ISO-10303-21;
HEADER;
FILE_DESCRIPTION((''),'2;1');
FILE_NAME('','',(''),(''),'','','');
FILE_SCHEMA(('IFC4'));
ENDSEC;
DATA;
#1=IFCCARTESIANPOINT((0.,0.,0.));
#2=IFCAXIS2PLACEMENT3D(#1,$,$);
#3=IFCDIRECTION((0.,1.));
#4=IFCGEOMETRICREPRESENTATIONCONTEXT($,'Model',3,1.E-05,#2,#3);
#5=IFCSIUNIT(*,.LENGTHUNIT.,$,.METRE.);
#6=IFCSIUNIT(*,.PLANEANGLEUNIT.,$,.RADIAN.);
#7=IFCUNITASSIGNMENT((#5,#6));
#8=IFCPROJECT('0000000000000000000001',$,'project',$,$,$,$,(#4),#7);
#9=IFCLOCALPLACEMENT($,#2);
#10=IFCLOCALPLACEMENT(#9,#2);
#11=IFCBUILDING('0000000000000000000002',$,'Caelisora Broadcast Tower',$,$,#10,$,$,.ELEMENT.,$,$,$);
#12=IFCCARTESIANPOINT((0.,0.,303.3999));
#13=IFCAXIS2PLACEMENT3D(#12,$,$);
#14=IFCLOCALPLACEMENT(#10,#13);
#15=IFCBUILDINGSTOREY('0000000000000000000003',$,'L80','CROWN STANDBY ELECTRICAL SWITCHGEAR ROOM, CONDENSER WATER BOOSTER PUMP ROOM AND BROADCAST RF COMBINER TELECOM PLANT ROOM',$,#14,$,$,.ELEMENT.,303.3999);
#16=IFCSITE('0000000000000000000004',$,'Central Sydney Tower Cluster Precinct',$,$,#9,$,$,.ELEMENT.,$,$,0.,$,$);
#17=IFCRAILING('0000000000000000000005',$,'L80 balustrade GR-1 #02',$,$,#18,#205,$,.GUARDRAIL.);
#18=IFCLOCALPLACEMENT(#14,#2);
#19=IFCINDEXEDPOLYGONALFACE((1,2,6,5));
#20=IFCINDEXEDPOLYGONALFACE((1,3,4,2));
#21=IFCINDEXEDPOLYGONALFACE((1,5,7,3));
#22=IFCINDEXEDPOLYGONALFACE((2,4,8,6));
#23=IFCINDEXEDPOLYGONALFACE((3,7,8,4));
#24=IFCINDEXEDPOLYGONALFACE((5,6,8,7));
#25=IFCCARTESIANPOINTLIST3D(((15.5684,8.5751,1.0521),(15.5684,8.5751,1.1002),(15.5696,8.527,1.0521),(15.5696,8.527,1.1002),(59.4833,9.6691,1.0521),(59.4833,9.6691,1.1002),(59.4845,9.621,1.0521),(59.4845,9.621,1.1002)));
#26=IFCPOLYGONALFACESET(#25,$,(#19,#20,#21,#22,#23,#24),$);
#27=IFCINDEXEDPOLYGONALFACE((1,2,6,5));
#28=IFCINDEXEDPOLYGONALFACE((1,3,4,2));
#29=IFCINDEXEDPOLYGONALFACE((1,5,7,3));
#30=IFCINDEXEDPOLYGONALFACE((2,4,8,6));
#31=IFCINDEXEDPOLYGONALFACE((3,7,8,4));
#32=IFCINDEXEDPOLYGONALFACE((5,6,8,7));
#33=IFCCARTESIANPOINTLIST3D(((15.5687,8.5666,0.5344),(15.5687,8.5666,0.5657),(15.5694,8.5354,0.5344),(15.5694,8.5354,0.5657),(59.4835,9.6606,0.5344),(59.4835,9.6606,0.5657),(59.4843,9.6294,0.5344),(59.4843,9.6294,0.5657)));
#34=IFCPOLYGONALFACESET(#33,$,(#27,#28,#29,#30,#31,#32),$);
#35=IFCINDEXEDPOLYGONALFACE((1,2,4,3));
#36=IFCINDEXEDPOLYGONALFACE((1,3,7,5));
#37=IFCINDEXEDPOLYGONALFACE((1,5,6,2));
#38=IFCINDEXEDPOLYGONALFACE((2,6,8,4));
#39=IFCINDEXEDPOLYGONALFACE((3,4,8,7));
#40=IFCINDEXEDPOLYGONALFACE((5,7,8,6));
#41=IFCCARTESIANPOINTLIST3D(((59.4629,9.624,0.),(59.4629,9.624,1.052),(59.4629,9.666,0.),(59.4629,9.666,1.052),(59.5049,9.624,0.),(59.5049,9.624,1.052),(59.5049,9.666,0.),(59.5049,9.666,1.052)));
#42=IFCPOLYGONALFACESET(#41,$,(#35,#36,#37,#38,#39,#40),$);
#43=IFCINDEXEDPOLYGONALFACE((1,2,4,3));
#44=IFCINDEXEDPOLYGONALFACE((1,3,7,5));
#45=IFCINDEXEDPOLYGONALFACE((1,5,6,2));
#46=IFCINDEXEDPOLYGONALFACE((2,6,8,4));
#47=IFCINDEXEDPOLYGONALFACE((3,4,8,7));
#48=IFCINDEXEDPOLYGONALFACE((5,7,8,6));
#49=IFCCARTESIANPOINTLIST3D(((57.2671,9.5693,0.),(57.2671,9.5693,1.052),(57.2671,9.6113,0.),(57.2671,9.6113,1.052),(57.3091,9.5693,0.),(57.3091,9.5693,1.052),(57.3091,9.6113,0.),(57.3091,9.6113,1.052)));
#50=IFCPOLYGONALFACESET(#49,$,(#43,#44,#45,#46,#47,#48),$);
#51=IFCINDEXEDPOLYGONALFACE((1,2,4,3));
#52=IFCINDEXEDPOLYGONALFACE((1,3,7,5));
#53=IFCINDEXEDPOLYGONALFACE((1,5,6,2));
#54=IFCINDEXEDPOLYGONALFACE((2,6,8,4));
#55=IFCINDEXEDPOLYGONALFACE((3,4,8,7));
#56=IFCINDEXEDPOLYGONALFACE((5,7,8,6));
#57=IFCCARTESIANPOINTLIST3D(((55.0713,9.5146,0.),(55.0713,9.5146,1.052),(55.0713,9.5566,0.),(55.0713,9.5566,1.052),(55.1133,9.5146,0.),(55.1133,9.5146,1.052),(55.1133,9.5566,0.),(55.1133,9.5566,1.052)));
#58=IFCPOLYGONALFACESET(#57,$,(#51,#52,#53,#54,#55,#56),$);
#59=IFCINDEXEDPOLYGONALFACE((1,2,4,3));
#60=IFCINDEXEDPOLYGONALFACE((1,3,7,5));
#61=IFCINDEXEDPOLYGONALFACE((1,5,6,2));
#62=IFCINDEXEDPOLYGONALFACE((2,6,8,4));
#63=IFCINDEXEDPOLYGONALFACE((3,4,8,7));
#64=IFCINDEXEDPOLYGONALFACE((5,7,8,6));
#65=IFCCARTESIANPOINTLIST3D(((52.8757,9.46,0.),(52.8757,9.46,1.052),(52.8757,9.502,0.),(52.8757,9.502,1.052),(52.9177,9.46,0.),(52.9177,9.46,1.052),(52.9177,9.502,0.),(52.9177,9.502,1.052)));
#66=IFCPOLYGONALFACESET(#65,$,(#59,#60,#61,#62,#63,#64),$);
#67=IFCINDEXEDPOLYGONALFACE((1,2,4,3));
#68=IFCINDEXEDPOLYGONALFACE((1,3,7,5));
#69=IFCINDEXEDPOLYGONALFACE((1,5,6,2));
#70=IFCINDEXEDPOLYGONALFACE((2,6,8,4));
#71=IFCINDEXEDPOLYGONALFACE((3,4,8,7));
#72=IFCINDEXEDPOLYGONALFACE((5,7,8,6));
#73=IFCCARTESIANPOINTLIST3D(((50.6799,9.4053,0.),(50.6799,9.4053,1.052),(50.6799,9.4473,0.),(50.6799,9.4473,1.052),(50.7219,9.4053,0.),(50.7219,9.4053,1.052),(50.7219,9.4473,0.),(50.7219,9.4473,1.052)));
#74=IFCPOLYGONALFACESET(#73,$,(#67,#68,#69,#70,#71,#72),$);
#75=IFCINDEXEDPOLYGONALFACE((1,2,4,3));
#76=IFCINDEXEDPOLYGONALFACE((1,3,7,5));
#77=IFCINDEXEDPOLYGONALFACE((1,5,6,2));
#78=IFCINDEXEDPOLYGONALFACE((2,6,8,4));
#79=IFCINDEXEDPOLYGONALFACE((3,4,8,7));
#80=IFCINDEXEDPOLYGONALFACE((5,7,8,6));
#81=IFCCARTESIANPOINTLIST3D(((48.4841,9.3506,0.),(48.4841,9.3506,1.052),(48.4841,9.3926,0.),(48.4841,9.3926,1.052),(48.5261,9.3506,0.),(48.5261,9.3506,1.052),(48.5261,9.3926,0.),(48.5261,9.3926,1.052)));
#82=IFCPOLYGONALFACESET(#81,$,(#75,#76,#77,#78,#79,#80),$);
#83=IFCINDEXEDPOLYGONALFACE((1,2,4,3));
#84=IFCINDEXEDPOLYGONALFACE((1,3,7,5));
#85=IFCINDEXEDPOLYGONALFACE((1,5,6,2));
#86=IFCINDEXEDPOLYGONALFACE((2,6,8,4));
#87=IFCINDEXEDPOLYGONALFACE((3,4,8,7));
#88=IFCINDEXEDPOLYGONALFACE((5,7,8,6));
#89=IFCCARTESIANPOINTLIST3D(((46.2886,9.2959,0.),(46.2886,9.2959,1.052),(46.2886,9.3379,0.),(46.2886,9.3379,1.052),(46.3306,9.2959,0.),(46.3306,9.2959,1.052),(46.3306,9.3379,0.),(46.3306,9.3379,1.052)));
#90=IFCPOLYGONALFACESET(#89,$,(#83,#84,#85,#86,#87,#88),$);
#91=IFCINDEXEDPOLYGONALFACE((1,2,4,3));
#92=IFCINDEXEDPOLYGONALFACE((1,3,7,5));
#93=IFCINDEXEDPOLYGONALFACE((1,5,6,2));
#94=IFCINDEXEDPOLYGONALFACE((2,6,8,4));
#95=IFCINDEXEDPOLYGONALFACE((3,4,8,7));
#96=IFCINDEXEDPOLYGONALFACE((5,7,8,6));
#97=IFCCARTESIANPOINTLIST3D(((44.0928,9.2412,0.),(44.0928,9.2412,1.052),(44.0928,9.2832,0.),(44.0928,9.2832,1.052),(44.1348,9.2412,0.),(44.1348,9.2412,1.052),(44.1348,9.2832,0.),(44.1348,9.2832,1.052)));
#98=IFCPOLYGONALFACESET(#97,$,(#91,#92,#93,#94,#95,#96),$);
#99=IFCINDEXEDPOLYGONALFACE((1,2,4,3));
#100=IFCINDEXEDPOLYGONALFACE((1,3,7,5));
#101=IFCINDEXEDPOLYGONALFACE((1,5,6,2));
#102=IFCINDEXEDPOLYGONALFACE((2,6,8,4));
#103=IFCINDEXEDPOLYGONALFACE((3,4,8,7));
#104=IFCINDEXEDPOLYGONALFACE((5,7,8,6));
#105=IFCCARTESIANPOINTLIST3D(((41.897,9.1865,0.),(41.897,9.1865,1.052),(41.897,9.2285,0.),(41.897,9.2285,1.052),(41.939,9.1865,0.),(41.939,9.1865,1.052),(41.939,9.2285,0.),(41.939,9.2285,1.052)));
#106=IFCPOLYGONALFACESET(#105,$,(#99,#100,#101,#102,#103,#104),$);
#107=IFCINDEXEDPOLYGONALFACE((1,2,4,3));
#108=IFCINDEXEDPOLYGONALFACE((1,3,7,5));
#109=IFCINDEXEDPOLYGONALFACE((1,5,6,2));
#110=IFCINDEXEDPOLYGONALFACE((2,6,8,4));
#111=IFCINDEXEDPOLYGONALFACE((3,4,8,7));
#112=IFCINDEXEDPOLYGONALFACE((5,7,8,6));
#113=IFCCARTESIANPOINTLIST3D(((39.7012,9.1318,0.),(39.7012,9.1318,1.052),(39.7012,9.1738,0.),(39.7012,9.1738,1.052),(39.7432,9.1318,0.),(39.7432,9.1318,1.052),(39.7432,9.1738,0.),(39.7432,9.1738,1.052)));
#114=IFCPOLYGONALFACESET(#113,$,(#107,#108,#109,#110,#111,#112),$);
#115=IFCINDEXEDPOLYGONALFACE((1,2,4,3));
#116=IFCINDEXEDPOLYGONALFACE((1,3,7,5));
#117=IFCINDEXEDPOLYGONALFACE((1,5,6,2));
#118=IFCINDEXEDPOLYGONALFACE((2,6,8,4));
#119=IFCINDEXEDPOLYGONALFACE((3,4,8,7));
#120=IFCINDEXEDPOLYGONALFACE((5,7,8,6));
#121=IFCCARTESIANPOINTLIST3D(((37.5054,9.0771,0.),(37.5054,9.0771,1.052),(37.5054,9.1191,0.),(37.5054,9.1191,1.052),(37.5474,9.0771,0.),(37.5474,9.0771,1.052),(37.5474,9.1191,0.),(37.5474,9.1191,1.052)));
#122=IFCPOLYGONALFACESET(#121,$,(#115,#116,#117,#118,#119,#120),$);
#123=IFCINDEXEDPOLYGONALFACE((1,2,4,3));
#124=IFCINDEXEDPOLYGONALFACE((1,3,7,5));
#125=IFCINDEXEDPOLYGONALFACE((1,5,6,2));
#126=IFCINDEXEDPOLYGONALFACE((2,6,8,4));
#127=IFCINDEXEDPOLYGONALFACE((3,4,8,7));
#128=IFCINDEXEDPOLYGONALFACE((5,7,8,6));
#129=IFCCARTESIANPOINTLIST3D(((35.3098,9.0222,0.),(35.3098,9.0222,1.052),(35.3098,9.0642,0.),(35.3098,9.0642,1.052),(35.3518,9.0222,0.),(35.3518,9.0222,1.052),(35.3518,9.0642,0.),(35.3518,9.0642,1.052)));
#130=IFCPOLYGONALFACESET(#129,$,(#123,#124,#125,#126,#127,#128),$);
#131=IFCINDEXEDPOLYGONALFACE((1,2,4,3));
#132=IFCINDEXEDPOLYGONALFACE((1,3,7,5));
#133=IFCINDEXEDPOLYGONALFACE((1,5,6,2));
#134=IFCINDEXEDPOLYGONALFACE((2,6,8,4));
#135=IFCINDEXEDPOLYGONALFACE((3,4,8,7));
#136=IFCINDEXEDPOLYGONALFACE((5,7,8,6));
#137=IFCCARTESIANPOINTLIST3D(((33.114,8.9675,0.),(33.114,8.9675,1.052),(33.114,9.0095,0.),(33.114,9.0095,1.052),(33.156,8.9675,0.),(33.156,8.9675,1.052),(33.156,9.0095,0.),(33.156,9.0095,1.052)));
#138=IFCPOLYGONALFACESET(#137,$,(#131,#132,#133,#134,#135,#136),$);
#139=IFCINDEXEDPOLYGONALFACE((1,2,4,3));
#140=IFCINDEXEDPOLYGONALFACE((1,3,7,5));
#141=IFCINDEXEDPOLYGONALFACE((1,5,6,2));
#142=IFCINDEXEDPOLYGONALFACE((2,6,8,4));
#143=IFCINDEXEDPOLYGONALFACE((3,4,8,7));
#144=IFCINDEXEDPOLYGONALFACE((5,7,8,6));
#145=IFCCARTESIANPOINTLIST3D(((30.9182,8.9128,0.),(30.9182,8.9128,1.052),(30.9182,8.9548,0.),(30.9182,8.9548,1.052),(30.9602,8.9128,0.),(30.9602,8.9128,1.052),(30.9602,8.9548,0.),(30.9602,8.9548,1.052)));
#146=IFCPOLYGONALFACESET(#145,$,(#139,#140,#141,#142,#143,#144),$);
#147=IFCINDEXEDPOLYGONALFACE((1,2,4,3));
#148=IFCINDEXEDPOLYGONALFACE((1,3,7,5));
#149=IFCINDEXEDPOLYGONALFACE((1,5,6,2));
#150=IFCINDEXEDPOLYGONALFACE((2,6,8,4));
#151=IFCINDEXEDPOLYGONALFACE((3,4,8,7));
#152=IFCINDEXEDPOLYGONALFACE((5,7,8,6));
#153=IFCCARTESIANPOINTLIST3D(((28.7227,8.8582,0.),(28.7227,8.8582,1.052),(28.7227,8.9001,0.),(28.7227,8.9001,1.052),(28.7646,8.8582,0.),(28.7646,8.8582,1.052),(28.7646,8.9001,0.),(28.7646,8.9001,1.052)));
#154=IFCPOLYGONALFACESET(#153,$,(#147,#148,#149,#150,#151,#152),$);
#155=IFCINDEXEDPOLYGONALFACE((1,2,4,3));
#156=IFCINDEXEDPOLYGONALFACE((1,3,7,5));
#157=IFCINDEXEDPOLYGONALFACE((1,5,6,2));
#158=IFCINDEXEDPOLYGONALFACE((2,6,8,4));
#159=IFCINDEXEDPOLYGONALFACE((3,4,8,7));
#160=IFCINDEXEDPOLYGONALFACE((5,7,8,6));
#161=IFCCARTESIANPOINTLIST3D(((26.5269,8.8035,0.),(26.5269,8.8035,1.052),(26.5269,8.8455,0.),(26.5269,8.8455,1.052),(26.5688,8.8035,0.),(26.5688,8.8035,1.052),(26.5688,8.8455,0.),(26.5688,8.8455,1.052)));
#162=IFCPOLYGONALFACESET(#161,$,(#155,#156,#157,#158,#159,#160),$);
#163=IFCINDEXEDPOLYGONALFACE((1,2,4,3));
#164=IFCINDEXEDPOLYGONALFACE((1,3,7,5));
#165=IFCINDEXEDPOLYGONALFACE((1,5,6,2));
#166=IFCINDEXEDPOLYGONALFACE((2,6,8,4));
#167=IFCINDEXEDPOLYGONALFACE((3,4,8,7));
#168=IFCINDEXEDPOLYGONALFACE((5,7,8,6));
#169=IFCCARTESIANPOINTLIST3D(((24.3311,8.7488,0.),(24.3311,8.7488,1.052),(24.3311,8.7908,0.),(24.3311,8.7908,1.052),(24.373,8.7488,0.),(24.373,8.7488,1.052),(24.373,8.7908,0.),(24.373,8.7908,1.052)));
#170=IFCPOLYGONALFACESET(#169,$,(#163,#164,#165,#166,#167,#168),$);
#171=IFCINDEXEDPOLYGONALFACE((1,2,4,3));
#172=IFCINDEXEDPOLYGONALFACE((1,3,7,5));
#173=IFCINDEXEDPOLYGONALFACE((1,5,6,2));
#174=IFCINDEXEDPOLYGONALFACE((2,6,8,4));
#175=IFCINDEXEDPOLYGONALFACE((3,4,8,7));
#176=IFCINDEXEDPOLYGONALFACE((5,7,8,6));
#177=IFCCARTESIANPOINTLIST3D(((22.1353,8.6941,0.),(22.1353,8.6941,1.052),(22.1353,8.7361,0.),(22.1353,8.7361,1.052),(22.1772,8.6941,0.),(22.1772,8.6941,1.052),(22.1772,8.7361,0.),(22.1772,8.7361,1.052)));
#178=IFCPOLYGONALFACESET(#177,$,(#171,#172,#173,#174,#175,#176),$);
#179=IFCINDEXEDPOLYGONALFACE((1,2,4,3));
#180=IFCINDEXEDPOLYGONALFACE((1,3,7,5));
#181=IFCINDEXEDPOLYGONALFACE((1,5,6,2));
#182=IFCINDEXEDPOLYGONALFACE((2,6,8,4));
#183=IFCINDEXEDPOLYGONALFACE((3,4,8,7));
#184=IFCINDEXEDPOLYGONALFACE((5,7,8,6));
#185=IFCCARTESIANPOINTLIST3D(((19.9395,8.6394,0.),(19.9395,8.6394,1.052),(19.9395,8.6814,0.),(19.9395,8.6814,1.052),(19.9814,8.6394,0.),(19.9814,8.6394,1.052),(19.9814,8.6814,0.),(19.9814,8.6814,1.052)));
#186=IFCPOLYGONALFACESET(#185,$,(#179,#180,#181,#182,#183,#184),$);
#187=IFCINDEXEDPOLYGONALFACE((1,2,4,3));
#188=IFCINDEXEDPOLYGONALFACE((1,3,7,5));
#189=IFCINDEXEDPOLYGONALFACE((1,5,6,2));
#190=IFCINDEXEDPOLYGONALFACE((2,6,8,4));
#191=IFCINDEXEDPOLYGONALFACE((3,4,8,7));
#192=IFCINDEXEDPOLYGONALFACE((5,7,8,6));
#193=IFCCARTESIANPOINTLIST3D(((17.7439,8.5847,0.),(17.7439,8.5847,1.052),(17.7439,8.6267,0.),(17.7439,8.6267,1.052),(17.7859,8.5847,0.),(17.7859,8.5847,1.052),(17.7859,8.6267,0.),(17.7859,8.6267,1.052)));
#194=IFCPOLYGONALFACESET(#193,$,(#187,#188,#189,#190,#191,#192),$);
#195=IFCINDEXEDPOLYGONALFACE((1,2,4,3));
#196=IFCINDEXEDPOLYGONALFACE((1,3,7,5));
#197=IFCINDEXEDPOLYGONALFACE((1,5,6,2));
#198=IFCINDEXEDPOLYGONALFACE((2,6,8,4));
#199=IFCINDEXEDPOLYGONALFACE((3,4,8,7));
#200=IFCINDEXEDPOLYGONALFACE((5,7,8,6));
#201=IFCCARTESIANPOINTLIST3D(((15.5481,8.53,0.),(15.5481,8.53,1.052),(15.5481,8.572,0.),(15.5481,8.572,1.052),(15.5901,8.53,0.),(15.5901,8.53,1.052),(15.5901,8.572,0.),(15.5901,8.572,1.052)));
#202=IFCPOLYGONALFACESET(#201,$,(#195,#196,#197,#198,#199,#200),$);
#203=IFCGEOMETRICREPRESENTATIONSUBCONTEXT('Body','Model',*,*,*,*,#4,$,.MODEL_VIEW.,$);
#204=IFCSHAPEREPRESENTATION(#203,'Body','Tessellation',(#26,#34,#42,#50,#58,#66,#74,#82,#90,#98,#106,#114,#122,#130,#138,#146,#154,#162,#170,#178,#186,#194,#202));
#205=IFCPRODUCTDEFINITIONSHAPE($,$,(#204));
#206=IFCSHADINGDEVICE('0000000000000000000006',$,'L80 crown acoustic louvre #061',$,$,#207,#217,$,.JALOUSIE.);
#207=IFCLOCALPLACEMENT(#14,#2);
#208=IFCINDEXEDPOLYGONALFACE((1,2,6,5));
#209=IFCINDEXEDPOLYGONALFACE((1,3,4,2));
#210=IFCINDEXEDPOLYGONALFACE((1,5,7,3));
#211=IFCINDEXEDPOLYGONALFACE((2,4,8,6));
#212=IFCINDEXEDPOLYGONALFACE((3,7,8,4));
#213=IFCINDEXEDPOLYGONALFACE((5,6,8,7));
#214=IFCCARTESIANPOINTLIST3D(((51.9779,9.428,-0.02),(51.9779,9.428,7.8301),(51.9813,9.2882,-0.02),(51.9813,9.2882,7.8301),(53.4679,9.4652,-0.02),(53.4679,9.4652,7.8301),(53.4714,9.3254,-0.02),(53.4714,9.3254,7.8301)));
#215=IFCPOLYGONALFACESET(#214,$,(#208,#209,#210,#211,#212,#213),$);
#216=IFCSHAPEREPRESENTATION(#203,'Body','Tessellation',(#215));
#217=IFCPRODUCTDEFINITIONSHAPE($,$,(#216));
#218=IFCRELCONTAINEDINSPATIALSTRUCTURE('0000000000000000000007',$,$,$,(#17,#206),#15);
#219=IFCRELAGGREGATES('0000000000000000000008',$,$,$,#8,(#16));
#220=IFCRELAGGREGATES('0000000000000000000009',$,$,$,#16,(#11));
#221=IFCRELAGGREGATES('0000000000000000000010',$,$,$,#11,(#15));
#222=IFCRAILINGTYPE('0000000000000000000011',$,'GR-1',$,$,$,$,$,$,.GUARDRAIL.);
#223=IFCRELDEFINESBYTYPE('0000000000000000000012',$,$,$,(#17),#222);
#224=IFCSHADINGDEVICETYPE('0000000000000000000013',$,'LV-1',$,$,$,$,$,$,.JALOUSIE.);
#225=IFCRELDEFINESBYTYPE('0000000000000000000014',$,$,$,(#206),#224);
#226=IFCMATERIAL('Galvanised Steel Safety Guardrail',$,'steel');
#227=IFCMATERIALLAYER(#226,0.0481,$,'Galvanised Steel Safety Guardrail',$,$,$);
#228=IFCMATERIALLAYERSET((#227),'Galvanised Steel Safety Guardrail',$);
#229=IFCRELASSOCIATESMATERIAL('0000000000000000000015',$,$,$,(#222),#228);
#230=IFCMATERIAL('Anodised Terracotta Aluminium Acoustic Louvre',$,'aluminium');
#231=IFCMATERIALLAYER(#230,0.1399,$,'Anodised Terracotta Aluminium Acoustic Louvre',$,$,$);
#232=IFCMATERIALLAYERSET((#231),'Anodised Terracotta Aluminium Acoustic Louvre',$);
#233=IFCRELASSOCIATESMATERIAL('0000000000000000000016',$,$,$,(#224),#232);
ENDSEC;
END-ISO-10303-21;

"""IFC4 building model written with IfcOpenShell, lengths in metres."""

from ifc_helpers import new_model, si_unit, direction, frame, origin, origin_2d, place, context, subcontext, project, spatial, rectangle, extrude, source, transform, mapped, material, layer, layer_set, type_object, element, save


model = new_model("IFC4")

# Units and contexts
model_context = context("Model", 3, precision=1e-05, world=origin(), true_north=direction((0.0, 1.0)))
body_context = subcontext(model_context, "Body", "Model", "MODEL_VIEW")
ifc_project = project(units=[si_unit("LENGTHUNIT", "METRE"), si_unit("PLANEANGLEUNIT", "RADIAN")], contexts=[model_context])

# Site, building, storey
site_placement = place(None, origin())
site = spatial("IfcSite", under=ifc_project, at=site_placement, Name="Central Sydney Tower Cluster Precinct", CompositionType="ELEMENT", RefElevation=0.0)
building_placement = place(site_placement, origin())
building = spatial("IfcBuilding", under=site, at=building_placement, Name="Caelisora Broadcast Tower", CompositionType="ELEMENT")
storey_placement = place(building_placement, frame((0.0, 0.0, 303.3999)))
storey = spatial("IfcBuildingStorey", under=building, at=storey_placement, Name="L80", Description="CROWN STANDBY ELECTRICAL SWITCHGEAR ROOM, CONDENSER WATER BOOSTER PUMP ROOM AND BROADCAST RF COMBINER TELECOM PLANT ROOM", CompositionType="ELEMENT", Elevation=303.3999)

# Railing
ifc_material_1 = material(Name="Galvanised Steel Safety Guardrail", Category="steel")
ifc_layer_1 = layer(ifc_material_1, 0.0481, Name="Galvanised Steel Safety Guardrail")
ifc_layer_set_1 = layer_set([ifc_layer_1], Name="Galvanised Steel Safety Guardrail")
railing_type = type_object("IfcRailingType", Name="GR-1", PredefinedType="GUARDRAIL", material=ifc_layer_set_1)
railing_placement = place(storey_placement, frame((59.4839, 9.645, 0.0)))
element("IfcRailing", 1, at=railing_placement, inside=storey, type_object=railing_type, Name="L80 balustrade GR-1 #02", PredefinedType="GUARDRAIL", context=body_context, shape_type="SweptSolid", body=[
    extrude(rectangle(XDim=0.0481, YDim=0.0481, at=origin_2d()), frame((0.0, 0.0, 1.0762), z_axis=(-0.99969, -0.024904, 0.0), x_axis=(0.024904, -0.99969, 0.0)), (0.0, 0.0, 1.0), 43.9285),
    extrude(rectangle(XDim=0.0312, YDim=0.0312, at=origin_2d()), frame((0.0, 0.0, 0.55), z_axis=(-0.99969, -0.024904, 0.0), x_axis=(0.024904, -0.99969, 0.0)), (0.0, 0.0, 1.0), 43.9285),
    extrude(rectangle(XDim=0.042, YDim=0.042, at=origin_2d()), origin(), (0.0, 0.0, 1.0), 1.052),
    extrude(rectangle(XDim=0.042, YDim=0.042, at=origin_2d()), frame((-2.1958, -0.0547, 0.0)), (0.0, 0.0, 1.0), 1.052),
    extrude(rectangle(XDim=0.042, YDim=0.042, at=origin_2d()), frame((-4.3916, -0.1094, 0.0)), (0.0, 0.0, 1.0), 1.052),
    extrude(rectangle(XDim=0.042, YDim=0.042, at=origin_2d()), frame((-6.5872, -0.1641, 0.0)), (0.0, 0.0, 1.0), 1.052),
    extrude(rectangle(XDim=0.042, YDim=0.042, at=origin_2d()), frame((-8.783, -0.2188, 0.0)), (0.0, 0.0, 1.0), 1.052),
    extrude(rectangle(XDim=0.042, YDim=0.042, at=origin_2d()), frame((-10.9788, -0.2734, 0.0)), (0.0, 0.0, 1.0), 1.052),
    extrude(rectangle(XDim=0.042, YDim=0.042, at=origin_2d()), frame((-13.1743, -0.3281, 0.0)), (0.0, 0.0, 1.0), 1.052),
    extrude(rectangle(XDim=0.042, YDim=0.042, at=origin_2d()), frame((-15.3701, -0.3828, 0.0)), (0.0, 0.0, 1.0), 1.052),
    extrude(rectangle(XDim=0.042, YDim=0.042, at=origin_2d()), frame((-17.5659, -0.4375, 0.0)), (0.0, 0.0, 1.0), 1.052),
    extrude(rectangle(XDim=0.042, YDim=0.042, at=origin_2d()), frame((-19.7617, -0.4922, 0.0)), (0.0, 0.0, 1.0), 1.052),
    extrude(rectangle(XDim=0.042, YDim=0.042, at=origin_2d()), frame((-21.9575, -0.5469, 0.0)), (0.0, 0.0, 1.0), 1.052),
    extrude(rectangle(XDim=0.042, YDim=0.042, at=origin_2d()), frame((-24.1531, -0.6018, 0.0)), (0.0, 0.0, 1.0), 1.052),
    extrude(rectangle(XDim=0.042, YDim=0.042, at=origin_2d()), frame((-26.3489, -0.6565, 0.0)), (0.0, 0.0, 1.0), 1.052),
    extrude(rectangle(XDim=0.042, YDim=0.042, at=origin_2d()), frame((-28.5447, -0.7112, 0.0)), (0.0, 0.0, 1.0), 1.052),
    extrude(rectangle(XDim=0.042, YDim=0.042, at=origin_2d()), frame((-30.7402, -0.7659, 0.0)), (0.0, 0.0, 1.0), 1.052),
    extrude(rectangle(XDim=0.042, YDim=0.042, at=origin_2d()), frame((-32.936, -0.8206, 0.0)), (0.0, 0.0, 1.0), 1.052),
    extrude(rectangle(XDim=0.042, YDim=0.042, at=origin_2d()), frame((-35.1318, -0.8752, 0.0)), (0.0, 0.0, 1.0), 1.052),
    extrude(rectangle(XDim=0.042, YDim=0.042, at=origin_2d()), frame((-37.3276, -0.9299, 0.0)), (0.0, 0.0, 1.0), 1.052),
    extrude(rectangle(XDim=0.042, YDim=0.042, at=origin_2d()), frame((-39.5234, -0.9846, 0.0)), (0.0, 0.0, 1.0), 1.052),
    extrude(rectangle(XDim=0.042, YDim=0.042, at=origin_2d()), frame((-41.719, -1.0393, 0.0)), (0.0, 0.0, 1.0), 1.052),
    extrude(rectangle(XDim=0.042, YDim=0.042, at=origin_2d()), frame((-43.9148, -1.094, 0.0)), (0.0, 0.0, 1.0), 1.052),
])

# Shading device
ifc_material_2 = material(Name="Anodised Terracotta Aluminium Acoustic Louvre", Category="aluminium")
ifc_layer_2 = layer(ifc_material_2, 0.1399, Name="Anodised Terracotta Aluminium Acoustic Louvre")
ifc_layer_set_2 = layer_set([ifc_layer_2], Name="Anodised Terracotta Aluminium Acoustic Louvre")
shading_device_type = type_object("IfcShadingDeviceType", Name="LV-1", PredefinedType="JALOUSIE", material=ifc_layer_set_2)
shared_shape_1 = source(origin(), body_context, "Body", "SweptSolid", [
    extrude(rectangle(XDim=1.4905, YDim=0.1399, at=origin_2d()), origin(), (0.0, 0.0, 1.0), 7.8501),
])
shading_device_1_placement = place(storey_placement, frame((52.7246, 9.3767, -0.02), z_axis=(0.0, 0.0, 1.0), x_axis=(0.999689, 0.024956, 0.0)))
element("IfcShadingDevice", 2, at=shading_device_1_placement, inside=storey, type_object=shading_device_type, Name="L80 crown acoustic louvre #061", PredefinedType="JALOUSIE", context=body_context, shape_type="MappedRepresentation", body=[
    mapped(shared_shape_1, transform((0.0, 0.0, 0.0), scale=1.0)),
])

save(model, "model.ifc")
